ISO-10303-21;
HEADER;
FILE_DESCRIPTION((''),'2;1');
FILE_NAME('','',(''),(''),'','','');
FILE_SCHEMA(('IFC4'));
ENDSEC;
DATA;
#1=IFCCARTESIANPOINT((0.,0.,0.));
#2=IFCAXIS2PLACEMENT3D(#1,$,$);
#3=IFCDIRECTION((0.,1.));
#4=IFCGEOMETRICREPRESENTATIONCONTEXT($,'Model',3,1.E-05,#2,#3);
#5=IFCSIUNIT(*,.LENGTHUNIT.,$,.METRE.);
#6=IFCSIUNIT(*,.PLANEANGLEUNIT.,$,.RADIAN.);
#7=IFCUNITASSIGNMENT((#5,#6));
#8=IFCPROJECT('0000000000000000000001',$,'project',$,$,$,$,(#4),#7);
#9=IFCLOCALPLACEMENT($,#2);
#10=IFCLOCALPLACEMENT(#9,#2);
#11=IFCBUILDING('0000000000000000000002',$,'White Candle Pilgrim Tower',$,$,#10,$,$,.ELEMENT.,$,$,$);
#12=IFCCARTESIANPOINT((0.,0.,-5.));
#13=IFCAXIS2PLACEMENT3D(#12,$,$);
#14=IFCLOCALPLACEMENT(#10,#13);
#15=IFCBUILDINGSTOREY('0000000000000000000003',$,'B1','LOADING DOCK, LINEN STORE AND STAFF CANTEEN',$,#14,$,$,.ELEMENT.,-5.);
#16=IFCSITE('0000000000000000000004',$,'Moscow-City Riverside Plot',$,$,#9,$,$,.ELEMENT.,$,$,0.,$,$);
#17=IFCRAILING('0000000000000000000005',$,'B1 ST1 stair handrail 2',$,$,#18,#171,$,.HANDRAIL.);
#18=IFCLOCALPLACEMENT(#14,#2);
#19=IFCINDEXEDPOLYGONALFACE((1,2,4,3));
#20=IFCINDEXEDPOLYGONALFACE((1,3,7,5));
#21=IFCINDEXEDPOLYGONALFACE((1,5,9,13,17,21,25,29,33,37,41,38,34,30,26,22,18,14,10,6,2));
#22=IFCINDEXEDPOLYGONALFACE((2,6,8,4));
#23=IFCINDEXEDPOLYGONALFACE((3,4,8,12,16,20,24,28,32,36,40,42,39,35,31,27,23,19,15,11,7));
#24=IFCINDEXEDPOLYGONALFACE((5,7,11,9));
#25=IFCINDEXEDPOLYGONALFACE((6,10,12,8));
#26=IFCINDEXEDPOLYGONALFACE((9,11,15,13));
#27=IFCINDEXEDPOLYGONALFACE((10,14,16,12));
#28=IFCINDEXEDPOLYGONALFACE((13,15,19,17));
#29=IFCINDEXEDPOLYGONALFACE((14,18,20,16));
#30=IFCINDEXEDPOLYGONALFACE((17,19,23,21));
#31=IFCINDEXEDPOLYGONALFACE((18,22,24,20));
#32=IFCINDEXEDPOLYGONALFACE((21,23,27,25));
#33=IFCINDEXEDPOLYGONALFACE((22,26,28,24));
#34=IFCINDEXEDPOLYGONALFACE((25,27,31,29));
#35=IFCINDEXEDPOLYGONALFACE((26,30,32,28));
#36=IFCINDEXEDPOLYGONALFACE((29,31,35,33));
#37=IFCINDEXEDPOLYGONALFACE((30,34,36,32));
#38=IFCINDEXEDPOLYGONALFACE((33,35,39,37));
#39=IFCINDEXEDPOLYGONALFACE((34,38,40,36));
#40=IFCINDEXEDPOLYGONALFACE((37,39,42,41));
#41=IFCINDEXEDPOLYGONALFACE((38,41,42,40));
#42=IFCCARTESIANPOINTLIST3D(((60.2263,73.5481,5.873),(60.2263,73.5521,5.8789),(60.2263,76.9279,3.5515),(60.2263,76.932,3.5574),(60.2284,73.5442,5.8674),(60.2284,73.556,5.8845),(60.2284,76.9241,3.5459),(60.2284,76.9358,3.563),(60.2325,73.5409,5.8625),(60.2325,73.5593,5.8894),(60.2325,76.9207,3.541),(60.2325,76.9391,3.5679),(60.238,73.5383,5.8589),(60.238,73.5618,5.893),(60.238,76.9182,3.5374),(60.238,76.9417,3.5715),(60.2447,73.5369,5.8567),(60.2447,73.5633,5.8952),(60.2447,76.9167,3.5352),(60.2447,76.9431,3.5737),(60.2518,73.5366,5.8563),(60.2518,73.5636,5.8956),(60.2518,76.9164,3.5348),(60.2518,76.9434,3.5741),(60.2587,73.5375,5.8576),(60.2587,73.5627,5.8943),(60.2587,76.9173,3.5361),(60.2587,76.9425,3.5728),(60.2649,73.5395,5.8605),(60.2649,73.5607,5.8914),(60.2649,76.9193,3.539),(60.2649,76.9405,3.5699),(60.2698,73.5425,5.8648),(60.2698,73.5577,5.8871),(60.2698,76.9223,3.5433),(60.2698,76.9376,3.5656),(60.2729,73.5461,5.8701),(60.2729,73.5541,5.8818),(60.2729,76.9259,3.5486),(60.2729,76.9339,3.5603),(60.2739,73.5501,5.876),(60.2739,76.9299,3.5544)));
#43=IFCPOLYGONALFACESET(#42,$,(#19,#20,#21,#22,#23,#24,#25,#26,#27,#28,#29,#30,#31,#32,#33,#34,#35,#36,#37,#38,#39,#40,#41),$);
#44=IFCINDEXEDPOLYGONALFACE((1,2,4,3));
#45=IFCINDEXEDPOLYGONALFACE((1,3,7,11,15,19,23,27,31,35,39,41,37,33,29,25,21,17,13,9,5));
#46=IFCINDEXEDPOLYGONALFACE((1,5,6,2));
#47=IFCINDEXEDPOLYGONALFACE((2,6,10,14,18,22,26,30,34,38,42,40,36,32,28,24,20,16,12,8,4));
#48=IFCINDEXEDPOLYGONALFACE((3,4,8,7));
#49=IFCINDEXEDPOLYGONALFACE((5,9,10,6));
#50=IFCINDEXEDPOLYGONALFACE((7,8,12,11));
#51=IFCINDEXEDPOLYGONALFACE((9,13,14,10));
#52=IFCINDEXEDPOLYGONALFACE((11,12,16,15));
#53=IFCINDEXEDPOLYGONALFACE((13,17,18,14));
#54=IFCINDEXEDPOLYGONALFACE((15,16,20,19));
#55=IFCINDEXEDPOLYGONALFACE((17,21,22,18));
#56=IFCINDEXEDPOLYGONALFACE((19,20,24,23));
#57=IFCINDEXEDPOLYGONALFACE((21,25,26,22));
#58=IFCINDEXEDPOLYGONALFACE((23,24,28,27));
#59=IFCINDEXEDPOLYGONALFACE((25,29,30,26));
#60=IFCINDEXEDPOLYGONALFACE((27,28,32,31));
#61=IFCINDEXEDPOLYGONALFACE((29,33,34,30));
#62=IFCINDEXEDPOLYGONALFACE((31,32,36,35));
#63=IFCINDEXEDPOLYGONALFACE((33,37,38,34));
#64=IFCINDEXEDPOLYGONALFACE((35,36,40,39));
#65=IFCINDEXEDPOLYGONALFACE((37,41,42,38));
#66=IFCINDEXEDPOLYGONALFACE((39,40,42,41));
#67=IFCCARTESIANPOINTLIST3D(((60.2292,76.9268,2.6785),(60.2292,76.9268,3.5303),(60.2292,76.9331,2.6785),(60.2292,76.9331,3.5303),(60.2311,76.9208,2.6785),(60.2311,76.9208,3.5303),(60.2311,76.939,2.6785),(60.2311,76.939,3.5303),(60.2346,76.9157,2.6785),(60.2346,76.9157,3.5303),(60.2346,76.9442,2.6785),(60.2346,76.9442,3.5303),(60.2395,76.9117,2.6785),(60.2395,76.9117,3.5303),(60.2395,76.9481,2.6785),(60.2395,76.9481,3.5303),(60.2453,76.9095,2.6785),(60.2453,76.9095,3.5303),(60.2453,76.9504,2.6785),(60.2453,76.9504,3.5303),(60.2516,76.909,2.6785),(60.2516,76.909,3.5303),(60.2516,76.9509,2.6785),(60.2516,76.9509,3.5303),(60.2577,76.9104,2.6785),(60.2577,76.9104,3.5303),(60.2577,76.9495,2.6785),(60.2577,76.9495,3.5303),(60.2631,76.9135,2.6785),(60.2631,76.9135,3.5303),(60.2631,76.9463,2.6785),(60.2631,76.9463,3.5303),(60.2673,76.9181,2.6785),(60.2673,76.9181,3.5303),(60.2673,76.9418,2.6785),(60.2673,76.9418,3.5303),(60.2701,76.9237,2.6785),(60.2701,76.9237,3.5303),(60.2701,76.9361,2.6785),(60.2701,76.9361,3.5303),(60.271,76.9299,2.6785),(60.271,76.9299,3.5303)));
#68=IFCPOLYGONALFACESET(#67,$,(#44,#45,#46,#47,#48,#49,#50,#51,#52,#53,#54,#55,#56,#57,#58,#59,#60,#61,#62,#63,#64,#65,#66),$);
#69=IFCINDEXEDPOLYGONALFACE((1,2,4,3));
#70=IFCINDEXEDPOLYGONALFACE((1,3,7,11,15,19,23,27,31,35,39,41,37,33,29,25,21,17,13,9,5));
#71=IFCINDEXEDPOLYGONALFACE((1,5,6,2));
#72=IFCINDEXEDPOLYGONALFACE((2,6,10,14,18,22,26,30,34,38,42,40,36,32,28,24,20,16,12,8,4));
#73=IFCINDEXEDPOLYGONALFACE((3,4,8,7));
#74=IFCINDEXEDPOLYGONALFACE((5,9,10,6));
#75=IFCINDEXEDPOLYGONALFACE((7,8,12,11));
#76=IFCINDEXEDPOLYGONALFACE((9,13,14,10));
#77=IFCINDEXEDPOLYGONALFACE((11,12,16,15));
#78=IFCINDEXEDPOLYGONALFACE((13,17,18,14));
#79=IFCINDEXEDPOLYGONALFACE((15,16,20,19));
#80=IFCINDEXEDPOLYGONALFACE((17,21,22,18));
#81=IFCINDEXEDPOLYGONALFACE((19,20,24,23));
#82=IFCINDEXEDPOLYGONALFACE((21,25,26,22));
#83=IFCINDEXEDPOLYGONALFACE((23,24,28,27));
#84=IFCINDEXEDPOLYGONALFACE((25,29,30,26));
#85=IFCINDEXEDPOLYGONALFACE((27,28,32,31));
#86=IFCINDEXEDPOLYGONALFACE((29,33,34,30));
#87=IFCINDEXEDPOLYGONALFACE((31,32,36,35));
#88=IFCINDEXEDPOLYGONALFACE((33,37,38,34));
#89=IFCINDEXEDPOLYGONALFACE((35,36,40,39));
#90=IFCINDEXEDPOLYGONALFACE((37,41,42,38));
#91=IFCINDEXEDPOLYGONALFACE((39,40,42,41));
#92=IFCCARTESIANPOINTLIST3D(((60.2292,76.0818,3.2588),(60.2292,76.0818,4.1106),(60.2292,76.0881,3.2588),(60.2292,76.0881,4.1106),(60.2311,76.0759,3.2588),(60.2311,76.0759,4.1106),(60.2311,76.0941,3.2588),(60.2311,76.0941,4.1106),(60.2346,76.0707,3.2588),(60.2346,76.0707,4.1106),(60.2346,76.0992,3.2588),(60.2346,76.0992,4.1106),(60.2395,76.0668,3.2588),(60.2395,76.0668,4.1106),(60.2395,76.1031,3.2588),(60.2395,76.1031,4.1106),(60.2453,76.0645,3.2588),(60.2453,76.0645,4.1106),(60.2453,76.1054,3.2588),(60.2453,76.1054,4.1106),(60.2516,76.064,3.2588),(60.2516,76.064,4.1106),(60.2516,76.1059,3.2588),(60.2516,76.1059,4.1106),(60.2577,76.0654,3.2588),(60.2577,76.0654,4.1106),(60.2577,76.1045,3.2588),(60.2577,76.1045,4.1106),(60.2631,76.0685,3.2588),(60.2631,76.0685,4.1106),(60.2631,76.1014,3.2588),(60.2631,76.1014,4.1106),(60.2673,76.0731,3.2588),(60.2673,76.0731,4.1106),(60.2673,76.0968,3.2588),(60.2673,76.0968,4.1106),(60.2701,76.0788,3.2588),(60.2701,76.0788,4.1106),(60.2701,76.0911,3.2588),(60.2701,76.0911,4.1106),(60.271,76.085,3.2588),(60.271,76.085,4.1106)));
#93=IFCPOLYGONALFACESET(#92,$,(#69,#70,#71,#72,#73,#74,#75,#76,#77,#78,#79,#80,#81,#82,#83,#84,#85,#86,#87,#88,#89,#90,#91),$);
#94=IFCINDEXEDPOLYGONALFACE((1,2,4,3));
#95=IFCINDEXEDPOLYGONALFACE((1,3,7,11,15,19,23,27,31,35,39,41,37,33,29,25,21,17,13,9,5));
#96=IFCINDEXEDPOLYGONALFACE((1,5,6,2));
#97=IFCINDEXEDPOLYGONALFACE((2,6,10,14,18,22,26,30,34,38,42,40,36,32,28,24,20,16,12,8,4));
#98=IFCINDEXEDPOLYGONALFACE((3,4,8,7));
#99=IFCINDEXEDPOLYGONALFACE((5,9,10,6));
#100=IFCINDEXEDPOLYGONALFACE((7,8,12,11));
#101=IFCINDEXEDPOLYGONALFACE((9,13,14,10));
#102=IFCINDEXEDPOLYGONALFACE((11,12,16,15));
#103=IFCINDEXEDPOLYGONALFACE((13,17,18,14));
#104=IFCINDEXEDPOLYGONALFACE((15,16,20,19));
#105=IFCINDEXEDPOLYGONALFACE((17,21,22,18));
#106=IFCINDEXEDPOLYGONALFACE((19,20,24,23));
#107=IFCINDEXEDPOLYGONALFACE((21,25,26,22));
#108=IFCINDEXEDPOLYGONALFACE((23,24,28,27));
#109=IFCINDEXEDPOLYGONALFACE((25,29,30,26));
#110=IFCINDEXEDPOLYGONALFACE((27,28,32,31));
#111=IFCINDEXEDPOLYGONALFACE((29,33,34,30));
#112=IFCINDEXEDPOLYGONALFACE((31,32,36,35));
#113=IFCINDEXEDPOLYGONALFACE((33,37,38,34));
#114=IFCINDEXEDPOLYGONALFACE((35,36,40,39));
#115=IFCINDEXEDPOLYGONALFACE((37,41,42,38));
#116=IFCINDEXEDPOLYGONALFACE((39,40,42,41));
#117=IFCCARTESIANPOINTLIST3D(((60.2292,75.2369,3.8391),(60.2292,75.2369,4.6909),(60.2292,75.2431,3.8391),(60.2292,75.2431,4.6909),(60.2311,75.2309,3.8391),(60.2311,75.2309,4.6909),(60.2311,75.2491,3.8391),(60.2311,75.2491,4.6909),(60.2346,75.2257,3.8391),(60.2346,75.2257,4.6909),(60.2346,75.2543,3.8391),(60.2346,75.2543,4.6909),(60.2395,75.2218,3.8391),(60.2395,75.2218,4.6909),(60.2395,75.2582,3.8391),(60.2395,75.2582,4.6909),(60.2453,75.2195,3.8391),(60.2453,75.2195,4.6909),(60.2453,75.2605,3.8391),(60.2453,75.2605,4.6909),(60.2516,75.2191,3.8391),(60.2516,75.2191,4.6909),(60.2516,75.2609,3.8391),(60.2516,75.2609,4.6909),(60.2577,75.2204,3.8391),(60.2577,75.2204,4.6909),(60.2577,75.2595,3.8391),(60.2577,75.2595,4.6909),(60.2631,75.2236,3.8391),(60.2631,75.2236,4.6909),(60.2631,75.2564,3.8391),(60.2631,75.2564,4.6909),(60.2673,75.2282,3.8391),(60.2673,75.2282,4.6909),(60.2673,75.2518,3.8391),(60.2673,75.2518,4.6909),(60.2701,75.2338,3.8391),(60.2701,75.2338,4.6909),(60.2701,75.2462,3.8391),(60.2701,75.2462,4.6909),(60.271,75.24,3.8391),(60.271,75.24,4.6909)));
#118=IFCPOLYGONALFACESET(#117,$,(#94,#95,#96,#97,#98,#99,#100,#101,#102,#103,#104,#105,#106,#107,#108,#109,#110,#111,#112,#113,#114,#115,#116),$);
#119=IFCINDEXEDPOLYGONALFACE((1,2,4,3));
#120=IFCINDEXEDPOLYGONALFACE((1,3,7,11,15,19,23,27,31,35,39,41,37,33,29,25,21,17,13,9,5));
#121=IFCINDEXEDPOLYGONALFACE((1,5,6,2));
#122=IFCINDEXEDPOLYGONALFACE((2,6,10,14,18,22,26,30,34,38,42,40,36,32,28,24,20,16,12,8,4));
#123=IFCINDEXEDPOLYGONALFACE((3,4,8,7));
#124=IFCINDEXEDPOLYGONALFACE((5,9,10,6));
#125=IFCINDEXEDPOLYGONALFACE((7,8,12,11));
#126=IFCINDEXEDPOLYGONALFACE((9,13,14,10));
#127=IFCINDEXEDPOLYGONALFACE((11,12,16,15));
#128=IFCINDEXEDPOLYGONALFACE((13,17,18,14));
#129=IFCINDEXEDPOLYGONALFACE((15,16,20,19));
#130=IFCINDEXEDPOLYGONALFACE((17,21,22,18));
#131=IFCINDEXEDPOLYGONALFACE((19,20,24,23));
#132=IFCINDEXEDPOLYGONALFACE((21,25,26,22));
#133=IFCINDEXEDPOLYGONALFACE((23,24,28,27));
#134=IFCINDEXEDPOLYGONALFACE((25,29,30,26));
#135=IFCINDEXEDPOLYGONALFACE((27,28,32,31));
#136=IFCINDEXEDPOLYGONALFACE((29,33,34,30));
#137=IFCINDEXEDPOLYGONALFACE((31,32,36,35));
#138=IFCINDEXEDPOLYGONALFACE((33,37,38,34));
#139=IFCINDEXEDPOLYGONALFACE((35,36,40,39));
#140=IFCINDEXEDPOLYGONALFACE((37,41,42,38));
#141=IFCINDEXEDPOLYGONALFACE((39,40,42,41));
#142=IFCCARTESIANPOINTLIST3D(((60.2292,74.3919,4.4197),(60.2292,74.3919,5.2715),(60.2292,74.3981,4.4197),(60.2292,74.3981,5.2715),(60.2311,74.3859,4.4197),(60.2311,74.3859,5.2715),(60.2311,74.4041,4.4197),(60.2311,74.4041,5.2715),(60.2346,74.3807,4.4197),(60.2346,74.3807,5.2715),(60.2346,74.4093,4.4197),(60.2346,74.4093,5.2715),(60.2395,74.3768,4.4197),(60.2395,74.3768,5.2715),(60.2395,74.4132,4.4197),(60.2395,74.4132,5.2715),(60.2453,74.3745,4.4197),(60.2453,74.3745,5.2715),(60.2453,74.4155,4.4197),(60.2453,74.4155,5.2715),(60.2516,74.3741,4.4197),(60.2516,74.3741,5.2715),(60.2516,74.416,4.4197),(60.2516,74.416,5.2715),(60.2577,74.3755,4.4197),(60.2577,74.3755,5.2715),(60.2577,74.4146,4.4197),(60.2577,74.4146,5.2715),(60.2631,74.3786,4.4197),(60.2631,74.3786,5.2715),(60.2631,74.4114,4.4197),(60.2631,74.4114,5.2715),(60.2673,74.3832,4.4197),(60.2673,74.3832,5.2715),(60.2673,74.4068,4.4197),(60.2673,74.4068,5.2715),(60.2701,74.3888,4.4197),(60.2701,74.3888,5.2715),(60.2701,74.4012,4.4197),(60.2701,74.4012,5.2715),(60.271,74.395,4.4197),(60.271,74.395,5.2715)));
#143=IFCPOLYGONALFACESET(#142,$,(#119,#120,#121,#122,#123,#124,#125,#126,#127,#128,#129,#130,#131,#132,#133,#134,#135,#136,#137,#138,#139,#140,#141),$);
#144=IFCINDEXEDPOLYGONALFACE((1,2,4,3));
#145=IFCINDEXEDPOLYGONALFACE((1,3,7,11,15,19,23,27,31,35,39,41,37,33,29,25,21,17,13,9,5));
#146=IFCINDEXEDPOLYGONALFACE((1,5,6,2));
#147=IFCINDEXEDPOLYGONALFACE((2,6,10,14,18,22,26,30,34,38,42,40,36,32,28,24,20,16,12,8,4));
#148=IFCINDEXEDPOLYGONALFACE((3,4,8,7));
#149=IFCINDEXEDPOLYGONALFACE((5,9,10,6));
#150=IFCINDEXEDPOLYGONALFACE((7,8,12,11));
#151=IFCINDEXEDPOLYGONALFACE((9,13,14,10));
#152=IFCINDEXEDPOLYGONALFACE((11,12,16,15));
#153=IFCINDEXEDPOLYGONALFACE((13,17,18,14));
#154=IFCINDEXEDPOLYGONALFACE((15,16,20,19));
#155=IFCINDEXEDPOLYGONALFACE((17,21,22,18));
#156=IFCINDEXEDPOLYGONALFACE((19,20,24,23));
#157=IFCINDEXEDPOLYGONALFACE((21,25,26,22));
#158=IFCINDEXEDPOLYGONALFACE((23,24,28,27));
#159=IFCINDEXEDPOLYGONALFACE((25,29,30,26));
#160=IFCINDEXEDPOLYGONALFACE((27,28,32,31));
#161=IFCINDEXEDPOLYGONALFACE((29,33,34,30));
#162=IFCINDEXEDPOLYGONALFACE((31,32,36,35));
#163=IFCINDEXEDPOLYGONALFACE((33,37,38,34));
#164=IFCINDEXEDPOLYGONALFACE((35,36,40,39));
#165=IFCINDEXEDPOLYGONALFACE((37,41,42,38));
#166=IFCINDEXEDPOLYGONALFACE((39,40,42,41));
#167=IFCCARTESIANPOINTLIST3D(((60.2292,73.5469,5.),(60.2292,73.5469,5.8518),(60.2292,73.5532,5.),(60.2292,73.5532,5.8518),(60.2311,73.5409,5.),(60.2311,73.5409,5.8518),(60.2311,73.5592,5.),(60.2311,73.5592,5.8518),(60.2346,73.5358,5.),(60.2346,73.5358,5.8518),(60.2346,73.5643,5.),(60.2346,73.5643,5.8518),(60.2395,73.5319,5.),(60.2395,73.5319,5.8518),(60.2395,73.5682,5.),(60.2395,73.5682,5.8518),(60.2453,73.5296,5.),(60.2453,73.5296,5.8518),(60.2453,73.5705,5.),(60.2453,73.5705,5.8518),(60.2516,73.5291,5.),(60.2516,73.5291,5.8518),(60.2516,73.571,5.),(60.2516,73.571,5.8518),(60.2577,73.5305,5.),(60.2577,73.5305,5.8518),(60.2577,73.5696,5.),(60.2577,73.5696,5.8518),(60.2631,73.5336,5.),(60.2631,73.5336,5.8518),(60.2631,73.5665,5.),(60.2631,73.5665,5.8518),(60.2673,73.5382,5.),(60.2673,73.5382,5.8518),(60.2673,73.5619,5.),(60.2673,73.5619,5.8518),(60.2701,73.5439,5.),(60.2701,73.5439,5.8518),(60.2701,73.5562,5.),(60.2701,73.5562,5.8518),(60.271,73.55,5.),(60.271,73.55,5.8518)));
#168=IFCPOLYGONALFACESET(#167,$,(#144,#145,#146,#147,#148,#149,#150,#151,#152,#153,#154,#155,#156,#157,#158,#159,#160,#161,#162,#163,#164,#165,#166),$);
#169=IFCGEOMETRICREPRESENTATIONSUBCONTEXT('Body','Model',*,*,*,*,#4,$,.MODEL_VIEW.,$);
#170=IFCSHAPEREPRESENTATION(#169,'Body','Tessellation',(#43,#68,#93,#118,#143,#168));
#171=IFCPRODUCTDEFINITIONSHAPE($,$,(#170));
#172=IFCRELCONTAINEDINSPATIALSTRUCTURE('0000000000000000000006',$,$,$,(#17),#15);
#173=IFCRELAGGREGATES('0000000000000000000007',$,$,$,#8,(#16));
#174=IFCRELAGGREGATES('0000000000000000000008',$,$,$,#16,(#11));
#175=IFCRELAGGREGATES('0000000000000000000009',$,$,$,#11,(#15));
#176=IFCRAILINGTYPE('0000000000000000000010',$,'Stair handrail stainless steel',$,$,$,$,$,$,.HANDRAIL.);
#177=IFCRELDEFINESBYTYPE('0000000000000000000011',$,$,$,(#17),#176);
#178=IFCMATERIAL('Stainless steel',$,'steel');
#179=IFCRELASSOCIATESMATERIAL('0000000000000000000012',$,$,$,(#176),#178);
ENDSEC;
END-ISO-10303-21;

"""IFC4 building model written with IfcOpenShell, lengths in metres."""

from ifc_helpers import new_model, si_unit, direction, frame, origin, origin_2d, place, context, subcontext, project, spatial, circle, extrude, material, type_object, element, save


model = new_model("IFC4")

# Units and contexts
model_context = context("Model", 3, precision=1e-05, world=origin(), true_north=direction((0.0, 1.0)))
body_context = subcontext(model_context, "Body", "Model", "MODEL_VIEW")
ifc_project = project(units=[si_unit("LENGTHUNIT", "METRE"), si_unit("PLANEANGLEUNIT", "RADIAN")], contexts=[model_context])

# Site, building, storey
site_placement = place(None, origin())
site = spatial("IfcSite", under=ifc_project, at=site_placement, Name="Moscow-City Riverside Plot", CompositionType="ELEMENT", RefElevation=0.0)
building_placement = place(site_placement, origin())
building = spatial("IfcBuilding", under=site, at=building_placement, Name="White Candle Pilgrim Tower", CompositionType="ELEMENT")
storey_placement = place(building_placement, frame((0.0, 0.0, -5.0)))
storey = spatial("IfcBuildingStorey", under=building, at=storey_placement, Name="B1", Description="LOADING DOCK, LINEN STORE AND STAFF CANTEEN", CompositionType="ELEMENT", Elevation=-5.0)

# Railing
ifc_material_1 = material(Name="Stainless steel", Category="steel")
railing_type_1 = type_object("IfcRailingType", Name="Stair handrail stainless steel", PredefinedType="HANDRAIL", material=ifc_material_1)
railing_1_placement = place(storey_placement, frame((60.25, 76.9299, 2.6785)))
element("IfcRailing", 1, at=railing_1_placement, inside=storey, type_object=railing_type_1, Name="B1 ST1 stair handrail 2", PredefinedType="HANDRAIL", context=body_context, shape_type="SweptSolid", body=[
    extrude(circle(Radius=0.0239, at=origin_2d()), frame((0.0, 0.0, 0.876), z_axis=(0.0, -0.824285, 0.566175), x_axis=(1.0, 0.0, 0.0)), (0.0, 0.0, 1.0), 4.1003),
    extrude(circle(Radius=0.021, at=origin_2d()), origin(), (0.0, 0.0, 1.0), 0.8518),
    extrude(circle(Radius=0.021, at=origin_2d()), frame((0.0, -0.845, 0.5803)), (0.0, 0.0, 1.0), 0.8518),
    extrude(circle(Radius=0.021, at=origin_2d()), frame((0.0, -1.6899, 1.1606)), (0.0, 0.0, 1.0), 0.8518),
    extrude(circle(Radius=0.021, at=origin_2d()), frame((0.0, -2.5349, 1.7412)), (0.0, 0.0, 1.0), 0.8518),
    extrude(circle(Radius=0.021, at=origin_2d()), frame((0.0, -3.3799, 2.3215)), (0.0, 0.0, 1.0), 0.8518),
])

save(model, "model.ifc")
